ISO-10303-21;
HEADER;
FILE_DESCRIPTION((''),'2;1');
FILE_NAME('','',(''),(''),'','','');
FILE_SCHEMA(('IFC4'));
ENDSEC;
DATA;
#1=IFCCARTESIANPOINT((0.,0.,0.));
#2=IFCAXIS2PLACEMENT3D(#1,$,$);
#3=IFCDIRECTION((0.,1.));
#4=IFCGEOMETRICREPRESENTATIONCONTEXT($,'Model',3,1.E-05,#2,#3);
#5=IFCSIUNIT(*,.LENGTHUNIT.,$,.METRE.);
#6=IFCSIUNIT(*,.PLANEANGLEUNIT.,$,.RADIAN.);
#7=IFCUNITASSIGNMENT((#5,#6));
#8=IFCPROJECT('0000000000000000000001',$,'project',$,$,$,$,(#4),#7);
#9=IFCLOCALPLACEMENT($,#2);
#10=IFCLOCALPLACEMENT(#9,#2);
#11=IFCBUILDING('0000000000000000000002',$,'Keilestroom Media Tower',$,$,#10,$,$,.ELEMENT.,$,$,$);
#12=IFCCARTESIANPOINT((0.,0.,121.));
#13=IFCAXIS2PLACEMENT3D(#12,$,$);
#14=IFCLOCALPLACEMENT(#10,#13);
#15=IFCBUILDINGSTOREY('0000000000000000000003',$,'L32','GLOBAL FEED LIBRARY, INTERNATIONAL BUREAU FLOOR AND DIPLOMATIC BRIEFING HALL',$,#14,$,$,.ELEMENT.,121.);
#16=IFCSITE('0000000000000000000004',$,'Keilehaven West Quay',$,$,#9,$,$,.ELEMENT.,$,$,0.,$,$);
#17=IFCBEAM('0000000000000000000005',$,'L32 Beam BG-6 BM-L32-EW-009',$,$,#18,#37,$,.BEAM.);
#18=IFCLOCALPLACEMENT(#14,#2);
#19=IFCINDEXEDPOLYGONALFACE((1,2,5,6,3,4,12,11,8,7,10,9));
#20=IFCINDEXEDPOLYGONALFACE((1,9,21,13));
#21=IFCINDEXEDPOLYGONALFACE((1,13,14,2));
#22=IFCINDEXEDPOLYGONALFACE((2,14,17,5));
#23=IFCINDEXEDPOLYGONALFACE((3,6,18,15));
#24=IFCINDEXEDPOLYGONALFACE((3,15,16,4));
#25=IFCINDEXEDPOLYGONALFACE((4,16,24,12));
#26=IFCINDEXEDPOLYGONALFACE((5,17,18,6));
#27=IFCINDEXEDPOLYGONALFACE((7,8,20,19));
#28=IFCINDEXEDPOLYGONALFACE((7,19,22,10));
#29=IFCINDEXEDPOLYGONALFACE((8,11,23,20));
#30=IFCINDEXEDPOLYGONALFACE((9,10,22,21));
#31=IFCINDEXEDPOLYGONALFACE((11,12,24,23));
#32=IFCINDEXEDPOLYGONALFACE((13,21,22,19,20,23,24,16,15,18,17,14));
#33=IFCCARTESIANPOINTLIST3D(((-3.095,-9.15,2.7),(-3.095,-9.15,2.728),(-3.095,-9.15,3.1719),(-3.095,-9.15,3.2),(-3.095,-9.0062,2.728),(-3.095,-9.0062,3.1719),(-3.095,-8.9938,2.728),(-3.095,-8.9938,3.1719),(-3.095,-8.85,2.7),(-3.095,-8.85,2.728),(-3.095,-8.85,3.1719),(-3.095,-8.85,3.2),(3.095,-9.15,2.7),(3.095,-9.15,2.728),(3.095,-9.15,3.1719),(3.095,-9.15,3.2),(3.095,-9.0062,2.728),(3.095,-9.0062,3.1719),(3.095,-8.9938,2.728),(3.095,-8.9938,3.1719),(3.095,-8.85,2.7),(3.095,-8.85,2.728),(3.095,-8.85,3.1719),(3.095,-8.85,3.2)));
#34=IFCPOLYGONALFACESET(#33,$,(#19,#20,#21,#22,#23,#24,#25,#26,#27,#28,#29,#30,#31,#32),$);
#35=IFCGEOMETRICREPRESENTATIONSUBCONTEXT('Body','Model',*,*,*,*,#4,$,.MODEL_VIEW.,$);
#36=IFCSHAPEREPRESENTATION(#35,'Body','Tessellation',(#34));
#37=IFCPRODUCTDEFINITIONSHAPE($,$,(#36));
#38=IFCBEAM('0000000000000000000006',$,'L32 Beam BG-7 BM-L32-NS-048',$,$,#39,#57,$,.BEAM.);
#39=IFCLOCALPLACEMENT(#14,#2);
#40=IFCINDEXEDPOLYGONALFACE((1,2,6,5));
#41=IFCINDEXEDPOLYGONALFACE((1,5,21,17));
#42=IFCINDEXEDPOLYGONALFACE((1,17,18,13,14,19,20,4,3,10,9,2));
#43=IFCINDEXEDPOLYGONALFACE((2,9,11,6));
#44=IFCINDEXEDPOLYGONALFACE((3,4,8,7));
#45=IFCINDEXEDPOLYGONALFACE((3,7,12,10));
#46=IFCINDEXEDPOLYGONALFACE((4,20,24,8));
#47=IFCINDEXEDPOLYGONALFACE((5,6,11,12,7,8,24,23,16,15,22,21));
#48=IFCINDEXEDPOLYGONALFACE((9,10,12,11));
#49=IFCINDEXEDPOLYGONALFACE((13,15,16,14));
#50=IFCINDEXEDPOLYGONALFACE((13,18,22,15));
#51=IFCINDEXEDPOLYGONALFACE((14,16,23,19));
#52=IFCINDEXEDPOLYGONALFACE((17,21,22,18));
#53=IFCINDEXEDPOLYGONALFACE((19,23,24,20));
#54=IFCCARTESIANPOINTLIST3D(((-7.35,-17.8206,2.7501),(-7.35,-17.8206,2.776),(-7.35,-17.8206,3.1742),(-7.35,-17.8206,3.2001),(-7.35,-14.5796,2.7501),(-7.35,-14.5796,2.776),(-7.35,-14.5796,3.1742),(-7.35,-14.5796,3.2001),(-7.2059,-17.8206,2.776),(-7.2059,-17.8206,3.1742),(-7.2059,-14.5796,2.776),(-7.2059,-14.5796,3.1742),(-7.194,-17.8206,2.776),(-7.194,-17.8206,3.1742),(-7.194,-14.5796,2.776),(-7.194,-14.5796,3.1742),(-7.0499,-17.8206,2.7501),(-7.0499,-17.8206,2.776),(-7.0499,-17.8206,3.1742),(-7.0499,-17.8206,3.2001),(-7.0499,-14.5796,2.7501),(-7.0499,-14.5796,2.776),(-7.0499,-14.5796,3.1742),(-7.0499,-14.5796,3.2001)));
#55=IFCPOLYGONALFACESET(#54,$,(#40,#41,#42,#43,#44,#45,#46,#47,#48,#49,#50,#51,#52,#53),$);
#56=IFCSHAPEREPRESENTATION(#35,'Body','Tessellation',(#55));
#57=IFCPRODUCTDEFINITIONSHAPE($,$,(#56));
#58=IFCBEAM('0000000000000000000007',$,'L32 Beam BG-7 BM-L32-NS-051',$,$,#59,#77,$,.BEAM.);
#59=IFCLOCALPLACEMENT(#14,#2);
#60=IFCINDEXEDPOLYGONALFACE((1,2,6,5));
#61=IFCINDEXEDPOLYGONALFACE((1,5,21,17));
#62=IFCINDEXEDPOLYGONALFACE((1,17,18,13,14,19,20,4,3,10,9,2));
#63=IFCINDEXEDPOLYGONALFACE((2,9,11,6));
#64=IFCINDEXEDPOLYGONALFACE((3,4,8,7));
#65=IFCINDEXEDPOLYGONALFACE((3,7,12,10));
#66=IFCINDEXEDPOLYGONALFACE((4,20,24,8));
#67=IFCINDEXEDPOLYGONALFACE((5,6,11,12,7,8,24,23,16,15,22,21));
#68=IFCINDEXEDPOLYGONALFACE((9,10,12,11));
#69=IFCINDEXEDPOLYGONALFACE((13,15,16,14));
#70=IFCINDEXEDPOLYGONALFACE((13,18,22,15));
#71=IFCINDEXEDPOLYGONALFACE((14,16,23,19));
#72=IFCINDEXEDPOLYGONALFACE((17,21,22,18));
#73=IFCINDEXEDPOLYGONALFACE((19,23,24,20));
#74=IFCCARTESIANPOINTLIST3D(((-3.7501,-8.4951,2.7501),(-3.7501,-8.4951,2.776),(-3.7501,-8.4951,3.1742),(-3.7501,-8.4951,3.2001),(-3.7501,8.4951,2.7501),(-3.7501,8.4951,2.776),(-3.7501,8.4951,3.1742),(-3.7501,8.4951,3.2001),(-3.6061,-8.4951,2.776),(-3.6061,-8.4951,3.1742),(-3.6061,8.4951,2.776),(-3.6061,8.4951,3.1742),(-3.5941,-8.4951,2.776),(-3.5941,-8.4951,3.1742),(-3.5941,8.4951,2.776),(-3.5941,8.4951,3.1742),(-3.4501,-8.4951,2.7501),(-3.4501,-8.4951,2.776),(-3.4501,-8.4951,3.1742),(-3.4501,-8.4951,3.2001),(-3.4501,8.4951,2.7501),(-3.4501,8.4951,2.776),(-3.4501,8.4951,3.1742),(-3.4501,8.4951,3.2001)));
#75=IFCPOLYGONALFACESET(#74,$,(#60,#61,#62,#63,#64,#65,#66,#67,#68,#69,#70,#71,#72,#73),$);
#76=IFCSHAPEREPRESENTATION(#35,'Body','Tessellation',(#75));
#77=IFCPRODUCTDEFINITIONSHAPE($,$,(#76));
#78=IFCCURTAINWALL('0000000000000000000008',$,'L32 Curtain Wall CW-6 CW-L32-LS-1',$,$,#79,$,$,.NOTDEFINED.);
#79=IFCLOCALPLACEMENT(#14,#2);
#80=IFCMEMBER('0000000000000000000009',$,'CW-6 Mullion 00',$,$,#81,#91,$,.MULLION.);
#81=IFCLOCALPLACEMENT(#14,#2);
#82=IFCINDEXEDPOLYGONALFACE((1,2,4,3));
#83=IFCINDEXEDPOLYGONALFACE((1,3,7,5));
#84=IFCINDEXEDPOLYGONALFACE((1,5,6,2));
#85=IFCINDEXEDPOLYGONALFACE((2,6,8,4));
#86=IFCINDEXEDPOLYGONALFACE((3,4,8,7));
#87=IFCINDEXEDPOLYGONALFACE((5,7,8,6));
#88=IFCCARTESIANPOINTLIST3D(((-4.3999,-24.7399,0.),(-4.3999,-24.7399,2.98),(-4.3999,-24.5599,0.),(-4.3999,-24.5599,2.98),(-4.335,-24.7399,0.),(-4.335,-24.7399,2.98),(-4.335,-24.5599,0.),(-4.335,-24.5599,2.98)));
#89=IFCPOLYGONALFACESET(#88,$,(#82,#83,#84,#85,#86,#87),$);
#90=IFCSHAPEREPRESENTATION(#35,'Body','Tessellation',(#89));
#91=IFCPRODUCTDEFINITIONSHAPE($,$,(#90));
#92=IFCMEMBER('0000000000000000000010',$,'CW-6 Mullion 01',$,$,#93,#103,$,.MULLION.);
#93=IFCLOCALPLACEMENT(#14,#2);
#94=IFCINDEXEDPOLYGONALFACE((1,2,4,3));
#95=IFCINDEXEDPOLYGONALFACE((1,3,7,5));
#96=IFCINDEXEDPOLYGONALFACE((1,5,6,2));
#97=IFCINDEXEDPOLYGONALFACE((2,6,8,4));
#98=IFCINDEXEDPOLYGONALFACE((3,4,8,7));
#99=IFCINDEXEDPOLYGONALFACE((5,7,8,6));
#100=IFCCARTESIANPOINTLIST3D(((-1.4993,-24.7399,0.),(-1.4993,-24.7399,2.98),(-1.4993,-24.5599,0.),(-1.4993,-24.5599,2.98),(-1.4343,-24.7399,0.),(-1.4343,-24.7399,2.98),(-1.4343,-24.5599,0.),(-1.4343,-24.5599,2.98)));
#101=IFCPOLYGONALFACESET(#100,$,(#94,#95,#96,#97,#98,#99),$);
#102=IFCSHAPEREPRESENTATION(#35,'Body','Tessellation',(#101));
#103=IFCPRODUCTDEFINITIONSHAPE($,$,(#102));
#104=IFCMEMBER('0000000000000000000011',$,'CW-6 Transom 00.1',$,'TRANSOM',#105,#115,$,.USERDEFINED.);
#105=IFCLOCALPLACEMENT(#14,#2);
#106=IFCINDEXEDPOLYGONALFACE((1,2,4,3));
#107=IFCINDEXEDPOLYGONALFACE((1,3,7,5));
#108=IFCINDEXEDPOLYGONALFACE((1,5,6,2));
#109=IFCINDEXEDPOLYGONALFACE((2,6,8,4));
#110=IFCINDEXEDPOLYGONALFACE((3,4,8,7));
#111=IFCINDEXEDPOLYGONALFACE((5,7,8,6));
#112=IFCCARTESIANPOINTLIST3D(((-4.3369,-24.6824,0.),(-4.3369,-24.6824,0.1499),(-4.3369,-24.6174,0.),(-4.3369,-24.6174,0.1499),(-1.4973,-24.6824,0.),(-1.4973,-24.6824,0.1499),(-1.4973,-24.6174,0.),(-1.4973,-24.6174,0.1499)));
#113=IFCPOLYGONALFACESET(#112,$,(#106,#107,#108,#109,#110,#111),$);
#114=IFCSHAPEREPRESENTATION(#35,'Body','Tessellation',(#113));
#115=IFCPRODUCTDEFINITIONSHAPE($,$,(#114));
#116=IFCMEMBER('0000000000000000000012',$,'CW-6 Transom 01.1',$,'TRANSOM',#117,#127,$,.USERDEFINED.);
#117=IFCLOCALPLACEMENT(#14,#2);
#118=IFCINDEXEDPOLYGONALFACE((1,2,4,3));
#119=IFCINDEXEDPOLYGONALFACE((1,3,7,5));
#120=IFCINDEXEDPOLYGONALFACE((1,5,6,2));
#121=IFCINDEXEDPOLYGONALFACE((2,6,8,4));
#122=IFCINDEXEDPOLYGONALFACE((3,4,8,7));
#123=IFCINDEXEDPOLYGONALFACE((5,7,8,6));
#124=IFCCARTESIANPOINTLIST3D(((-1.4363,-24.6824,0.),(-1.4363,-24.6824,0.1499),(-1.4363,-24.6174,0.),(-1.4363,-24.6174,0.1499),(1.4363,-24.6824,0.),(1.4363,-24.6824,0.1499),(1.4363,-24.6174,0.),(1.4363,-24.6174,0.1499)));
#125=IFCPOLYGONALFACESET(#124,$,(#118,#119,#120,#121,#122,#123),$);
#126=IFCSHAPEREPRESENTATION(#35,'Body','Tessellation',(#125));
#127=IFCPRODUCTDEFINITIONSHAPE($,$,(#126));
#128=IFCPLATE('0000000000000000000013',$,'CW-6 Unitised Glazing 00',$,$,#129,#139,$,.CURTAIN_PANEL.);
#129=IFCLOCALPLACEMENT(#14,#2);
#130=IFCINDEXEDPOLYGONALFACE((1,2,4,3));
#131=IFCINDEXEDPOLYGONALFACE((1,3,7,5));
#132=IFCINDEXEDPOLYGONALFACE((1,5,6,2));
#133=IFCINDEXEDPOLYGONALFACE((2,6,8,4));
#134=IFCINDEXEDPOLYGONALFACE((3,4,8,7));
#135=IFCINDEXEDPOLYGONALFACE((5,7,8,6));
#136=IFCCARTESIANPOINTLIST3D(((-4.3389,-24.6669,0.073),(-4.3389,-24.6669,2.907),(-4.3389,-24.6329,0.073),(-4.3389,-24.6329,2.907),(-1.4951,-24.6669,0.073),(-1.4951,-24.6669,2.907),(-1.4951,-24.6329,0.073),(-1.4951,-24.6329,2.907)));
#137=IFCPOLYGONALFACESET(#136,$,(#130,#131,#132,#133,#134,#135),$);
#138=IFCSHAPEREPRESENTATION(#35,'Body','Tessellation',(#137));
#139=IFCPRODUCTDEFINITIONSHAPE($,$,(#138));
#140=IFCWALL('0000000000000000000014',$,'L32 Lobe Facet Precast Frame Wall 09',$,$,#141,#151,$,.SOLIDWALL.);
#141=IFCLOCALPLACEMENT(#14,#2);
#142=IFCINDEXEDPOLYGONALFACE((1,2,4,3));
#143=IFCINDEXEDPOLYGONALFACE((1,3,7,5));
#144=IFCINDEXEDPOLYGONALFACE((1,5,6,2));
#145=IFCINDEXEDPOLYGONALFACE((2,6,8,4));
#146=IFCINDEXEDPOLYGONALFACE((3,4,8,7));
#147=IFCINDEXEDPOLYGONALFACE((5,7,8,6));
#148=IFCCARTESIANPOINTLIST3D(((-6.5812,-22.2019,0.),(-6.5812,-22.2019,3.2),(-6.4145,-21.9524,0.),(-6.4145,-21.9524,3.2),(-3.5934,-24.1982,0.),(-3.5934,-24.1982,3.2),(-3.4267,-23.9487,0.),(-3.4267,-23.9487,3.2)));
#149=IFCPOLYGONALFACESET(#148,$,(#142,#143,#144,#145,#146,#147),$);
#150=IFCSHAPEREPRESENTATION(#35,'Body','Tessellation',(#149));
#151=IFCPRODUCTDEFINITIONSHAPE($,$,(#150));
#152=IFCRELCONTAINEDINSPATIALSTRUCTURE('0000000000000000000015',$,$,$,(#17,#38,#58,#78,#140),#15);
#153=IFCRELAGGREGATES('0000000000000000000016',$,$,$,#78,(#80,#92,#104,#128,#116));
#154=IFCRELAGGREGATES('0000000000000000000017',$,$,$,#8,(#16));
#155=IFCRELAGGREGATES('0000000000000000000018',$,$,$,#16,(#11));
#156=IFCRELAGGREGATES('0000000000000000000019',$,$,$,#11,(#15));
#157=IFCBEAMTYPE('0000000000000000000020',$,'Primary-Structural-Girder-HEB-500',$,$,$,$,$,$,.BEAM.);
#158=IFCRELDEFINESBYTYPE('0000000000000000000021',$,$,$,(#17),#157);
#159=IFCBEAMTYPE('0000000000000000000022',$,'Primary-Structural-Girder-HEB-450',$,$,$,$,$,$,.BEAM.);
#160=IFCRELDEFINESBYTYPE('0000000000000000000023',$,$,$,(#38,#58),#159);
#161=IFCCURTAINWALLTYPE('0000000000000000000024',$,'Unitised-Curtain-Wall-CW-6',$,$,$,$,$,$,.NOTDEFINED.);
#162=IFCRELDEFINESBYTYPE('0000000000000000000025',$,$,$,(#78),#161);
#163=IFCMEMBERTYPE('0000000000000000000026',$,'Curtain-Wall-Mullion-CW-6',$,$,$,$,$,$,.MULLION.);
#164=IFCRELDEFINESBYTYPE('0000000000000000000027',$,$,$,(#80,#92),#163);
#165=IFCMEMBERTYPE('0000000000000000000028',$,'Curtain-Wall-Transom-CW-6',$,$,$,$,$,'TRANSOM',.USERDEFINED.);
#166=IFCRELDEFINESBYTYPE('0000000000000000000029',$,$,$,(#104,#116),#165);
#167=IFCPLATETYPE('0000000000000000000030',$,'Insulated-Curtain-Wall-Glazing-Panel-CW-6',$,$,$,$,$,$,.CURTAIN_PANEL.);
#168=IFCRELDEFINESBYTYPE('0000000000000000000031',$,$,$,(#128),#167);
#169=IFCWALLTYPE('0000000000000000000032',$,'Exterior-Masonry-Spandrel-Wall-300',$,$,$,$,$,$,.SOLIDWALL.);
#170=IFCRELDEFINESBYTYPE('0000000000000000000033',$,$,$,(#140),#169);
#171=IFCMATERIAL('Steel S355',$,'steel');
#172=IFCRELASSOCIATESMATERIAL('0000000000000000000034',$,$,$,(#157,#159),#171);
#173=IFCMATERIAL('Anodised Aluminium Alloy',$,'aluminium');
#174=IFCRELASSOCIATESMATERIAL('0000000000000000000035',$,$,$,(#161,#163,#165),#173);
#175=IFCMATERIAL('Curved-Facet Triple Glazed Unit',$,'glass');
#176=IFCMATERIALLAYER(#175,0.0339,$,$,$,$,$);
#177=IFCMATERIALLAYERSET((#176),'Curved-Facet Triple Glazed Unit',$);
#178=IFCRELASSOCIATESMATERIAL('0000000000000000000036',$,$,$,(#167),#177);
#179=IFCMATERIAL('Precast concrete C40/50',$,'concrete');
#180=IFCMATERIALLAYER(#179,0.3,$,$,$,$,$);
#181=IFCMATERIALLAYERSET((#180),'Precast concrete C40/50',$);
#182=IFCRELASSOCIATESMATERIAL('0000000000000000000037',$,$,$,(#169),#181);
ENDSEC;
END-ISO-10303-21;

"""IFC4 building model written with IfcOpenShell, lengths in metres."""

from ifc_helpers import new_model, si_unit, direction, frame, frame_2d, origin, origin_2d, place, context, subcontext, project, spatial, rectangle, i_section, extrude, source, transform, mapped, material, layer, layer_set, material_profile, profile_set, type_object, element, aggregate, save


model = new_model("IFC4")

# Units and contexts
model_context = context("Model", 3, precision=1e-05, world=origin(), true_north=direction((0.0, 1.0)))
body_context = subcontext(model_context, "Body", "Model", "MODEL_VIEW")
ifc_project = project(units=[si_unit("LENGTHUNIT", "METRE"), si_unit("PLANEANGLEUNIT", "RADIAN")], contexts=[model_context])

# Site, building, storey
site_placement = place(None, origin())
site = spatial("IfcSite", under=ifc_project, at=site_placement, Name="Keilehaven West Quay", CompositionType="ELEMENT", RefElevation=0.0)
building_placement = place(site_placement, origin())
building = spatial("IfcBuilding", under=site, at=building_placement, Name="Keilestroom Media Tower", CompositionType="ELEMENT")
storey_placement = place(building_placement, frame((0.0, 0.0, 121.0)))
storey = spatial("IfcBuildingStorey", under=building, at=storey_placement, Name="L32", Description="GLOBAL FEED LIBRARY, INTERNATIONAL BUREAU FLOOR AND DIPLOMATIC BRIEFING HALL", CompositionType="ELEMENT", Elevation=121.0)

# Shared definitions
ifc_material_1 = material(Name="Steel S355", Category="steel")

# Beams
ifc_material_profile_1 = material_profile(ifc_material_1, i_section(OverallWidth=0.3, OverallDepth=0.5, WebThickness=0.0125, FlangeThickness=0.0281, at=origin_2d()), Name="HEB 500")
ifc_profile_set_1 = profile_set([ifc_material_profile_1], Name="Steel S355")
beam_type_1 = type_object("IfcBeamType", Name="Primary-Structural-Girder-HEB-500", PredefinedType="BEAM", material=ifc_profile_set_1)
shared_shape_1 = source(origin(), body_context, "Body", "SweptSolid", [
    extrude(i_section(OverallWidth=0.3, OverallDepth=0.5, WebThickness=0.0125, FlangeThickness=0.0281, at=origin_2d()), origin(), (0.0, 0.0, 1.0), 6.1899),
])
beam_1_placement = place(storey_placement, frame((-3.095, -9.0, 2.95), z_axis=(1.0, 0.0, 0.0), x_axis=(0.0, 1.0, 0.0)))
element("IfcBeam", 1, at=beam_1_placement, inside=storey, type_object=beam_type_1, Name="L32 Beam BG-6 BM-L32-EW-009", PredefinedType="BEAM", context=body_context, shape_type="MappedRepresentation", body=[
    mapped(shared_shape_1, transform((0.0, 0.0, 0.0), x_axis=(1.0, 0.0, 0.0), y_axis=(0.0, 1.0, 0.0), z_axis=(0.0, 0.0, 1.0), scale=1.0)),
])
ifc_material_profile_2 = material_profile(ifc_material_1, i_section(OverallWidth=0.3, OverallDepth=0.45, WebThickness=0.012, FlangeThickness=0.0259, at=origin_2d()), Name="HEB 450")
ifc_profile_set_2 = profile_set([ifc_material_profile_2], Name="Steel S355")
beam_type_2 = type_object("IfcBeamType", Name="Primary-Structural-Girder-HEB-450", PredefinedType="BEAM", material=ifc_profile_set_2)
shared_shape_2 = source(origin(), body_context, "Body", "SweptSolid", [
    extrude(i_section(OverallWidth=0.3, OverallDepth=0.45, WebThickness=0.012, FlangeThickness=0.0259, at=origin_2d()), origin(), (0.0, 0.0, 1.0), 3.241),
])
beam_2_placement = place(storey_placement, frame((-7.2, -17.8206, 2.9751), z_axis=(0.0, 1.0, 0.0), x_axis=(-1.0, 0.0, 0.0)))
element("IfcBeam", 2, at=beam_2_placement, inside=storey, type_object=beam_type_2, Name="L32 Beam BG-7 BM-L32-NS-048", PredefinedType="BEAM", context=body_context, shape_type="MappedRepresentation", body=[
    mapped(shared_shape_2, transform((0.0, 0.0, 0.0), x_axis=(1.0, 0.0, 0.0), y_axis=(0.0, 1.0, 0.0), z_axis=(0.0, 0.0, 1.0), scale=1.0)),
])
shared_shape_3 = source(origin(), body_context, "Body", "SweptSolid", [
    extrude(i_section(OverallWidth=0.3, OverallDepth=0.45, WebThickness=0.012, FlangeThickness=0.0259, at=origin_2d()), origin(), (0.0, 0.0, 1.0), 16.9902),
])
beam_3_placement = place(storey_placement, frame((-3.6001, -8.4951, 2.9751), z_axis=(0.0, 1.0, 0.0), x_axis=(-1.0, 0.0, 0.0)))
element("IfcBeam", 3, at=beam_3_placement, inside=storey, type_object=beam_type_2, Name="L32 Beam BG-7 BM-L32-NS-051", PredefinedType="BEAM", context=body_context, shape_type="MappedRepresentation", body=[
    mapped(shared_shape_3, transform((0.0, 0.0, 0.0), x_axis=(1.0, 0.0, 0.0), y_axis=(0.0, 1.0, 0.0), z_axis=(0.0, 0.0, 1.0), scale=1.0)),
])

# Curtain wall, members, plate
ifc_material_2 = material(Name="Anodised Aluminium Alloy", Category="aluminium")
curtain_wall_type = type_object("IfcCurtainWallType", Name="Unitised-Curtain-Wall-CW-6", PredefinedType="NOTDEFINED", material=ifc_material_2)
curtain_wall_placement = place(storey_placement, origin())
curtain_wall = element("IfcCurtainWall", 4, at=curtain_wall_placement, inside=storey, type_object=curtain_wall_type, Name="L32 Curtain Wall CW-6 CW-L32-LS-1", PredefinedType="NOTDEFINED")
ifc_material_profile_3 = material_profile(ifc_material_2, rectangle(XDim=0.0649, YDim=0.1799, at=origin_2d()), Name="ALU MULLION 65x180")
ifc_profile_set_3 = profile_set([ifc_material_profile_3], Name="Anodised Aluminium Alloy")
member_type_1 = type_object("IfcMemberType", Name="Curtain-Wall-Mullion-CW-6", PredefinedType="MULLION", material=ifc_profile_set_3)
shared_shape_4 = source(origin(), body_context, "Body", "SweptSolid", [
    extrude(rectangle(XDim=0.0649, YDim=0.1799, at=origin_2d()), origin(), (0.0, 0.0, 1.0), 2.98),
])
member_1_placement = place(storey_placement, frame((-4.3674, -24.6499, 0.0), z_axis=(0.0, 0.0, 1.0), x_axis=(1.0, 0.0, 0.0)))
member_1 = element("IfcMember", 5, at=member_1_placement, type_object=member_type_1, Name="CW-6 Mullion 00", PredefinedType="MULLION", context=body_context, shape_type="MappedRepresentation", body=[
    mapped(shared_shape_4, transform((0.0, 0.0, 0.0), x_axis=(1.0, 0.0, 0.0), y_axis=(0.0, 1.0, 0.0), z_axis=(0.0, 0.0, 1.0), scale=1.0)),
])
member_2_placement = place(storey_placement, frame((-1.4668, -24.6499, 0.0), z_axis=(0.0, 0.0, 1.0), x_axis=(1.0, 0.0, 0.0)))
member_2 = element("IfcMember", 6, at=member_2_placement, type_object=member_type_1, Name="CW-6 Mullion 01", PredefinedType="MULLION", context=body_context, shape_type="MappedRepresentation", body=[
    mapped(shared_shape_4, transform((0.0, 0.0, 0.0), x_axis=(1.0, 0.0, 0.0), y_axis=(0.0, 1.0, 0.0), z_axis=(0.0, 0.0, 1.0), scale=1.0)),
])
ifc_material_profile_4 = material_profile(ifc_material_2, rectangle(XDim=0.0649, YDim=0.1499, at=origin_2d()), Name="ALU TRANSOM 65x150")
ifc_profile_set_4 = profile_set([ifc_material_profile_4], Name="Anodised Aluminium Alloy")
member_type_2 = type_object("IfcMemberType", Name="Curtain-Wall-Transom-CW-6", ElementType="TRANSOM", PredefinedType="USERDEFINED", material=ifc_profile_set_4)
shared_shape_5 = source(origin(), body_context, "Body", "SweptSolid", [
    extrude(rectangle(XDim=0.0649, YDim=0.1499, at=origin_2d()), origin(), (0.0, 0.0, 1.0), 2.8396),
])
member_3_placement = place(storey_placement, frame((-4.3369, -24.6499, 0.075), z_axis=(1.0, 0.0, 0.0), x_axis=(0.0, 1.0, 0.0)))
member_3 = element("IfcMember", 7, at=member_3_placement, type_object=member_type_2, Name="CW-6 Transom 00.1", ObjectType="TRANSOM", PredefinedType="USERDEFINED", context=body_context, shape_type="MappedRepresentation", body=[
    mapped(shared_shape_5, transform((0.0, 0.0, 0.0), x_axis=(1.0, 0.0, 0.0), y_axis=(0.0, 1.0, 0.0), z_axis=(0.0, 0.0, 1.0), scale=1.0)),
])
shared_shape_6 = source(origin(), body_context, "Body", "SweptSolid", [
    extrude(rectangle(XDim=0.0649, YDim=0.1499, at=origin_2d()), origin(), (0.0, 0.0, 1.0), 2.8726),
])
member_4_placement = place(storey_placement, frame((-1.4363, -24.6499, 0.075), z_axis=(1.0, 0.0, 0.0), x_axis=(0.0, 1.0, 0.0)))
member_4 = element("IfcMember", 8, at=member_4_placement, type_object=member_type_2, Name="CW-6 Transom 01.1", ObjectType="TRANSOM", PredefinedType="USERDEFINED", context=body_context, shape_type="MappedRepresentation", body=[
    mapped(shared_shape_6, transform((0.0, 0.0, 0.0), x_axis=(1.0, 0.0, 0.0), y_axis=(0.0, 1.0, 0.0), z_axis=(0.0, 0.0, 1.0), scale=1.0)),
])
ifc_material_3 = material(Name="Curved-Facet Triple Glazed Unit", Category="glass")
ifc_layer_1 = layer(ifc_material_3, 0.0339)
ifc_layer_set_1 = layer_set([ifc_layer_1], Name="Curved-Facet Triple Glazed Unit")
plate_type = type_object("IfcPlateType", Name="Insulated-Curtain-Wall-Glazing-Panel-CW-6", PredefinedType="CURTAIN_PANEL", material=ifc_layer_set_1)
shared_shape_7 = source(origin(), body_context, "Body", "SweptSolid", [
    extrude(rectangle(XDim=2.8438, YDim=0.0339, at=origin_2d()), origin(), (0.0, 0.0, 1.0), 2.834),
])
plate_placement = place(storey_placement, frame((-2.917, -24.6499, 0.073), z_axis=(0.0, 0.0, 1.0), x_axis=(1.0, 0.0, 0.0)))
plate = element("IfcPlate", 9, at=plate_placement, type_object=plate_type, Name="CW-6 Unitised Glazing 00", PredefinedType="CURTAIN_PANEL", context=body_context, shape_type="MappedRepresentation", body=[
    mapped(shared_shape_7, transform((0.0, 0.0, 0.0), x_axis=(1.0, 0.0, 0.0), y_axis=(0.0, 1.0, 0.0), z_axis=(0.0, 0.0, 1.0), scale=1.0)),
])
aggregate(curtain_wall, [member_1, member_2, member_3, plate, member_4])

# Wall
ifc_material_4 = material(Name="Precast concrete C40/50", Category="concrete")
ifc_layer_2 = layer(ifc_material_4, 0.3)
ifc_layer_set_2 = layer_set([ifc_layer_2], Name="Precast concrete C40/50")
wall_type_1 = type_object("IfcWallType", Name="Exterior-Masonry-Spandrel-Wall-300", PredefinedType="SOLIDWALL", material=ifc_layer_set_2)
wall_1_placement = place(storey_placement, frame((-6.4978, -22.0771, 0.0), z_axis=(0.0, 0.0, 1.0), x_axis=(0.831475, -0.555562, 0.0)))
element("IfcWall", 10, at=wall_1_placement, inside=storey, type_object=wall_type_1, Name="L32 Lobe Facet Precast Frame Wall 09", PredefinedType="SOLIDWALL", context=body_context, shape_type="SweptSolid", body=[
    extrude(rectangle(XDim=3.5933, YDim=0.3, at=frame_2d((1.7966, 0.0))), origin(), (0.0, 0.0, 1.0), 3.2),
])

save(model, "model.ifc")
